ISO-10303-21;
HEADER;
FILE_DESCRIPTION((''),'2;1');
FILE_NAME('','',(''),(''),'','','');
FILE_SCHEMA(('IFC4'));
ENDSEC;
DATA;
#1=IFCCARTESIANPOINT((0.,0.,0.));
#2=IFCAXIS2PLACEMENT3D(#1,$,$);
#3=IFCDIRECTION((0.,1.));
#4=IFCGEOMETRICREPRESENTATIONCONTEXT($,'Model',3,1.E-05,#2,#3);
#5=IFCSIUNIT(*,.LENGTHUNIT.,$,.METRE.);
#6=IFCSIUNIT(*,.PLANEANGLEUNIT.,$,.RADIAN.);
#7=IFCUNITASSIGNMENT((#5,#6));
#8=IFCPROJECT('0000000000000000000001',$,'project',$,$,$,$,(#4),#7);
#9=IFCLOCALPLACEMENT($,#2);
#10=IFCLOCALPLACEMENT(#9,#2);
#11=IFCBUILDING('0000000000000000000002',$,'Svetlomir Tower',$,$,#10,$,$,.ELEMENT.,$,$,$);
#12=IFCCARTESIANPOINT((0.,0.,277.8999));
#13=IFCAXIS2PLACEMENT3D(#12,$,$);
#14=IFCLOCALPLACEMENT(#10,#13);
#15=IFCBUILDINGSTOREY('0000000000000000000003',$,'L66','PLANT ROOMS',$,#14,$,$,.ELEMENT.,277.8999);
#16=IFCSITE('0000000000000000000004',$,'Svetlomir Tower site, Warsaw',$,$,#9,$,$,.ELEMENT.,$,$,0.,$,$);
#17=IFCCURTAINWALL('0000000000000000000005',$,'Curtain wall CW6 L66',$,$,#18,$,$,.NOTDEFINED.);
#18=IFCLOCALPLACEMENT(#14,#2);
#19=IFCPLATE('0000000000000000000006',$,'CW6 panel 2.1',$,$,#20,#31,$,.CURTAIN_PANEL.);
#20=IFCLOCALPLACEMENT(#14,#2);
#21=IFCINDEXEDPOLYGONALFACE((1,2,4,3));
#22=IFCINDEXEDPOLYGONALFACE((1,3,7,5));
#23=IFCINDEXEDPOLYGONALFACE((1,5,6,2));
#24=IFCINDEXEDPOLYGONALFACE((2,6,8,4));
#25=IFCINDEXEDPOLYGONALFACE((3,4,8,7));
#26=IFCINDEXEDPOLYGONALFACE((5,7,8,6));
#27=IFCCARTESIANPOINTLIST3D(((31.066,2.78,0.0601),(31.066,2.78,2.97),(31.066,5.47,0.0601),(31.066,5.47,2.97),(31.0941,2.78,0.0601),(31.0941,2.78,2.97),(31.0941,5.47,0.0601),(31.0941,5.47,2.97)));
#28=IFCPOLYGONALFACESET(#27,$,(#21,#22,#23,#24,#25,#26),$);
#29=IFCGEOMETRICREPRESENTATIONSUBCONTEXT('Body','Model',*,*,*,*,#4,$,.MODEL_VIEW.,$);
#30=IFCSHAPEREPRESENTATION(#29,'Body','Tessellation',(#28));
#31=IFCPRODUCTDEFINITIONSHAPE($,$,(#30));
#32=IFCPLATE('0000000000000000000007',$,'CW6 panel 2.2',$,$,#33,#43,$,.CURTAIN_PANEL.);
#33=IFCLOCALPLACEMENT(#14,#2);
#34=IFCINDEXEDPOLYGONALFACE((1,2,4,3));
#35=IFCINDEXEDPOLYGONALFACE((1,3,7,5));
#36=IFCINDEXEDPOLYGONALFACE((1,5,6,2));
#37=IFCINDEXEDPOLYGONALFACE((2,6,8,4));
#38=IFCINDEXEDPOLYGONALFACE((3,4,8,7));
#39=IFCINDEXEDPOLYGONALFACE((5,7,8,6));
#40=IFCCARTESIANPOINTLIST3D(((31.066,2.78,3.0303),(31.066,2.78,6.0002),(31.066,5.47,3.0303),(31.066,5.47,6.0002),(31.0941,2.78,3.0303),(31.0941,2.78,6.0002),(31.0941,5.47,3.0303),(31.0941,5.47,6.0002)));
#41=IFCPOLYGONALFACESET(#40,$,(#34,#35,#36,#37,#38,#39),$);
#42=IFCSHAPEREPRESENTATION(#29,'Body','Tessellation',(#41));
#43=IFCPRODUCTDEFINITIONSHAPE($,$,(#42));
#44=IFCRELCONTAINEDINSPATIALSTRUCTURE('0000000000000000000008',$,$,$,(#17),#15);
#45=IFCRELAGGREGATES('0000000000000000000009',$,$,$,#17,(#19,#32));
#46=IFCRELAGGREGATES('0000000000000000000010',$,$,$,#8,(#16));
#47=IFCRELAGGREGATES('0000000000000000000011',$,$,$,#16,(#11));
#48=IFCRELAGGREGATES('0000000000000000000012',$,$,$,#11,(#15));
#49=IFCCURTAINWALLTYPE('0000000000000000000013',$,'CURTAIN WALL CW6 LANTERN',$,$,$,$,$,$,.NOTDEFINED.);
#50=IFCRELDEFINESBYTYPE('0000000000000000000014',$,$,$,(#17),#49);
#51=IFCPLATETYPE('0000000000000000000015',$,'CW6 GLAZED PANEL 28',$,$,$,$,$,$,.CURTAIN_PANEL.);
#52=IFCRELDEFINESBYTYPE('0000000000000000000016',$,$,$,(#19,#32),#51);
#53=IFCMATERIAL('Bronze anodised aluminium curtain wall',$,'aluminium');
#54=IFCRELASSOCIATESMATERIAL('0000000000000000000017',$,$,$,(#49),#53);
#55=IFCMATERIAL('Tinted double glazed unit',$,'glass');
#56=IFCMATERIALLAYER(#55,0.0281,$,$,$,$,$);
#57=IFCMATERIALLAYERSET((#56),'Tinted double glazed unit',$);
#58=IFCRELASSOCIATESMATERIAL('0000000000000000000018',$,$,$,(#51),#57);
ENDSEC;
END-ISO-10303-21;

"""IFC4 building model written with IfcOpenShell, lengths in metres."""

from ifc_helpers import new_model, si_unit, direction, frame, origin, origin_2d, place, context, subcontext, project, spatial, rectangle, extrude, material, layer, layer_set, type_object, element, aggregate, save


model = new_model("IFC4")

# Units and contexts
model_context = context("Model", 3, precision=1e-05, world=origin(), true_north=direction((0.0, 1.0)))
body_context = subcontext(model_context, "Body", "Model", "MODEL_VIEW")
ifc_project = project(units=[si_unit("LENGTHUNIT", "METRE"), si_unit("PLANEANGLEUNIT", "RADIAN")], contexts=[model_context])

# Site, building, storey
site_placement = place(None, origin())
site = spatial("IfcSite", under=ifc_project, at=site_placement, Name="Svetlomir Tower site, Warsaw", CompositionType="ELEMENT", RefElevation=0.0)
building_placement = place(site_placement, origin())
building = spatial("IfcBuilding", under=site, at=building_placement, Name="Svetlomir Tower", CompositionType="ELEMENT")
storey_placement = place(building_placement, frame((0.0, 0.0, 277.8999)))
storey = spatial("IfcBuildingStorey", under=building, at=storey_placement, Name="L66", Description="PLANT ROOMS", CompositionType="ELEMENT", Elevation=277.8999)

# Curtain wall
ifc_material_1 = material(Name="Bronze anodised aluminium curtain wall", Category="aluminium")
curtain_wall_type = type_object("IfcCurtainWallType", Name="CURTAIN WALL CW6 LANTERN", PredefinedType="NOTDEFINED", material=ifc_material_1)
curtain_wall_placement = place(storey_placement, origin())
curtain_wall = element("IfcCurtainWall", 1, at=curtain_wall_placement, inside=storey, type_object=curtain_wall_type, Name="Curtain wall CW6 L66", PredefinedType="NOTDEFINED")

# Plates
ifc_material_2 = material(Name="Tinted double glazed unit", Category="glass")
ifc_layer = layer(ifc_material_2, 0.0281)
ifc_layer_set = layer_set([ifc_layer], Name="Tinted double glazed unit")
plate_type = type_object("IfcPlateType", Name="CW6 GLAZED PANEL 28", PredefinedType="CURTAIN_PANEL", material=ifc_layer_set)
plate_1_placement = place(storey_placement, frame((31.0801, 4.125, 0.0601), z_axis=(0.0, 0.0, 1.0), x_axis=(0.0, 1.0, 0.0)))
plate_1 = element("IfcPlate", 2, at=plate_1_placement, type_object=plate_type, Name="CW6 panel 2.1", PredefinedType="CURTAIN_PANEL", context=body_context, shape_type="SweptSolid", body=[
    extrude(rectangle(XDim=2.6899, YDim=0.0281, at=origin_2d()), origin(), (0.0, 0.0, 1.0), 2.9099),
])
plate_2_placement = place(storey_placement, frame((31.0801, 4.125, 3.0303), z_axis=(0.0, 0.0, 1.0), x_axis=(0.0, 1.0, 0.0)))
plate_2 = element("IfcPlate", 3, at=plate_2_placement, type_object=plate_type, Name="CW6 panel 2.2", PredefinedType="CURTAIN_PANEL", context=body_context, shape_type="SweptSolid", body=[
    extrude(rectangle(XDim=2.6899, YDim=0.0281, at=origin_2d()), origin(), (0.0, 0.0, 1.0), 2.97),
])
aggregate(curtain_wall, [plate_1, plate_2])

save(model, "model.ifc")
